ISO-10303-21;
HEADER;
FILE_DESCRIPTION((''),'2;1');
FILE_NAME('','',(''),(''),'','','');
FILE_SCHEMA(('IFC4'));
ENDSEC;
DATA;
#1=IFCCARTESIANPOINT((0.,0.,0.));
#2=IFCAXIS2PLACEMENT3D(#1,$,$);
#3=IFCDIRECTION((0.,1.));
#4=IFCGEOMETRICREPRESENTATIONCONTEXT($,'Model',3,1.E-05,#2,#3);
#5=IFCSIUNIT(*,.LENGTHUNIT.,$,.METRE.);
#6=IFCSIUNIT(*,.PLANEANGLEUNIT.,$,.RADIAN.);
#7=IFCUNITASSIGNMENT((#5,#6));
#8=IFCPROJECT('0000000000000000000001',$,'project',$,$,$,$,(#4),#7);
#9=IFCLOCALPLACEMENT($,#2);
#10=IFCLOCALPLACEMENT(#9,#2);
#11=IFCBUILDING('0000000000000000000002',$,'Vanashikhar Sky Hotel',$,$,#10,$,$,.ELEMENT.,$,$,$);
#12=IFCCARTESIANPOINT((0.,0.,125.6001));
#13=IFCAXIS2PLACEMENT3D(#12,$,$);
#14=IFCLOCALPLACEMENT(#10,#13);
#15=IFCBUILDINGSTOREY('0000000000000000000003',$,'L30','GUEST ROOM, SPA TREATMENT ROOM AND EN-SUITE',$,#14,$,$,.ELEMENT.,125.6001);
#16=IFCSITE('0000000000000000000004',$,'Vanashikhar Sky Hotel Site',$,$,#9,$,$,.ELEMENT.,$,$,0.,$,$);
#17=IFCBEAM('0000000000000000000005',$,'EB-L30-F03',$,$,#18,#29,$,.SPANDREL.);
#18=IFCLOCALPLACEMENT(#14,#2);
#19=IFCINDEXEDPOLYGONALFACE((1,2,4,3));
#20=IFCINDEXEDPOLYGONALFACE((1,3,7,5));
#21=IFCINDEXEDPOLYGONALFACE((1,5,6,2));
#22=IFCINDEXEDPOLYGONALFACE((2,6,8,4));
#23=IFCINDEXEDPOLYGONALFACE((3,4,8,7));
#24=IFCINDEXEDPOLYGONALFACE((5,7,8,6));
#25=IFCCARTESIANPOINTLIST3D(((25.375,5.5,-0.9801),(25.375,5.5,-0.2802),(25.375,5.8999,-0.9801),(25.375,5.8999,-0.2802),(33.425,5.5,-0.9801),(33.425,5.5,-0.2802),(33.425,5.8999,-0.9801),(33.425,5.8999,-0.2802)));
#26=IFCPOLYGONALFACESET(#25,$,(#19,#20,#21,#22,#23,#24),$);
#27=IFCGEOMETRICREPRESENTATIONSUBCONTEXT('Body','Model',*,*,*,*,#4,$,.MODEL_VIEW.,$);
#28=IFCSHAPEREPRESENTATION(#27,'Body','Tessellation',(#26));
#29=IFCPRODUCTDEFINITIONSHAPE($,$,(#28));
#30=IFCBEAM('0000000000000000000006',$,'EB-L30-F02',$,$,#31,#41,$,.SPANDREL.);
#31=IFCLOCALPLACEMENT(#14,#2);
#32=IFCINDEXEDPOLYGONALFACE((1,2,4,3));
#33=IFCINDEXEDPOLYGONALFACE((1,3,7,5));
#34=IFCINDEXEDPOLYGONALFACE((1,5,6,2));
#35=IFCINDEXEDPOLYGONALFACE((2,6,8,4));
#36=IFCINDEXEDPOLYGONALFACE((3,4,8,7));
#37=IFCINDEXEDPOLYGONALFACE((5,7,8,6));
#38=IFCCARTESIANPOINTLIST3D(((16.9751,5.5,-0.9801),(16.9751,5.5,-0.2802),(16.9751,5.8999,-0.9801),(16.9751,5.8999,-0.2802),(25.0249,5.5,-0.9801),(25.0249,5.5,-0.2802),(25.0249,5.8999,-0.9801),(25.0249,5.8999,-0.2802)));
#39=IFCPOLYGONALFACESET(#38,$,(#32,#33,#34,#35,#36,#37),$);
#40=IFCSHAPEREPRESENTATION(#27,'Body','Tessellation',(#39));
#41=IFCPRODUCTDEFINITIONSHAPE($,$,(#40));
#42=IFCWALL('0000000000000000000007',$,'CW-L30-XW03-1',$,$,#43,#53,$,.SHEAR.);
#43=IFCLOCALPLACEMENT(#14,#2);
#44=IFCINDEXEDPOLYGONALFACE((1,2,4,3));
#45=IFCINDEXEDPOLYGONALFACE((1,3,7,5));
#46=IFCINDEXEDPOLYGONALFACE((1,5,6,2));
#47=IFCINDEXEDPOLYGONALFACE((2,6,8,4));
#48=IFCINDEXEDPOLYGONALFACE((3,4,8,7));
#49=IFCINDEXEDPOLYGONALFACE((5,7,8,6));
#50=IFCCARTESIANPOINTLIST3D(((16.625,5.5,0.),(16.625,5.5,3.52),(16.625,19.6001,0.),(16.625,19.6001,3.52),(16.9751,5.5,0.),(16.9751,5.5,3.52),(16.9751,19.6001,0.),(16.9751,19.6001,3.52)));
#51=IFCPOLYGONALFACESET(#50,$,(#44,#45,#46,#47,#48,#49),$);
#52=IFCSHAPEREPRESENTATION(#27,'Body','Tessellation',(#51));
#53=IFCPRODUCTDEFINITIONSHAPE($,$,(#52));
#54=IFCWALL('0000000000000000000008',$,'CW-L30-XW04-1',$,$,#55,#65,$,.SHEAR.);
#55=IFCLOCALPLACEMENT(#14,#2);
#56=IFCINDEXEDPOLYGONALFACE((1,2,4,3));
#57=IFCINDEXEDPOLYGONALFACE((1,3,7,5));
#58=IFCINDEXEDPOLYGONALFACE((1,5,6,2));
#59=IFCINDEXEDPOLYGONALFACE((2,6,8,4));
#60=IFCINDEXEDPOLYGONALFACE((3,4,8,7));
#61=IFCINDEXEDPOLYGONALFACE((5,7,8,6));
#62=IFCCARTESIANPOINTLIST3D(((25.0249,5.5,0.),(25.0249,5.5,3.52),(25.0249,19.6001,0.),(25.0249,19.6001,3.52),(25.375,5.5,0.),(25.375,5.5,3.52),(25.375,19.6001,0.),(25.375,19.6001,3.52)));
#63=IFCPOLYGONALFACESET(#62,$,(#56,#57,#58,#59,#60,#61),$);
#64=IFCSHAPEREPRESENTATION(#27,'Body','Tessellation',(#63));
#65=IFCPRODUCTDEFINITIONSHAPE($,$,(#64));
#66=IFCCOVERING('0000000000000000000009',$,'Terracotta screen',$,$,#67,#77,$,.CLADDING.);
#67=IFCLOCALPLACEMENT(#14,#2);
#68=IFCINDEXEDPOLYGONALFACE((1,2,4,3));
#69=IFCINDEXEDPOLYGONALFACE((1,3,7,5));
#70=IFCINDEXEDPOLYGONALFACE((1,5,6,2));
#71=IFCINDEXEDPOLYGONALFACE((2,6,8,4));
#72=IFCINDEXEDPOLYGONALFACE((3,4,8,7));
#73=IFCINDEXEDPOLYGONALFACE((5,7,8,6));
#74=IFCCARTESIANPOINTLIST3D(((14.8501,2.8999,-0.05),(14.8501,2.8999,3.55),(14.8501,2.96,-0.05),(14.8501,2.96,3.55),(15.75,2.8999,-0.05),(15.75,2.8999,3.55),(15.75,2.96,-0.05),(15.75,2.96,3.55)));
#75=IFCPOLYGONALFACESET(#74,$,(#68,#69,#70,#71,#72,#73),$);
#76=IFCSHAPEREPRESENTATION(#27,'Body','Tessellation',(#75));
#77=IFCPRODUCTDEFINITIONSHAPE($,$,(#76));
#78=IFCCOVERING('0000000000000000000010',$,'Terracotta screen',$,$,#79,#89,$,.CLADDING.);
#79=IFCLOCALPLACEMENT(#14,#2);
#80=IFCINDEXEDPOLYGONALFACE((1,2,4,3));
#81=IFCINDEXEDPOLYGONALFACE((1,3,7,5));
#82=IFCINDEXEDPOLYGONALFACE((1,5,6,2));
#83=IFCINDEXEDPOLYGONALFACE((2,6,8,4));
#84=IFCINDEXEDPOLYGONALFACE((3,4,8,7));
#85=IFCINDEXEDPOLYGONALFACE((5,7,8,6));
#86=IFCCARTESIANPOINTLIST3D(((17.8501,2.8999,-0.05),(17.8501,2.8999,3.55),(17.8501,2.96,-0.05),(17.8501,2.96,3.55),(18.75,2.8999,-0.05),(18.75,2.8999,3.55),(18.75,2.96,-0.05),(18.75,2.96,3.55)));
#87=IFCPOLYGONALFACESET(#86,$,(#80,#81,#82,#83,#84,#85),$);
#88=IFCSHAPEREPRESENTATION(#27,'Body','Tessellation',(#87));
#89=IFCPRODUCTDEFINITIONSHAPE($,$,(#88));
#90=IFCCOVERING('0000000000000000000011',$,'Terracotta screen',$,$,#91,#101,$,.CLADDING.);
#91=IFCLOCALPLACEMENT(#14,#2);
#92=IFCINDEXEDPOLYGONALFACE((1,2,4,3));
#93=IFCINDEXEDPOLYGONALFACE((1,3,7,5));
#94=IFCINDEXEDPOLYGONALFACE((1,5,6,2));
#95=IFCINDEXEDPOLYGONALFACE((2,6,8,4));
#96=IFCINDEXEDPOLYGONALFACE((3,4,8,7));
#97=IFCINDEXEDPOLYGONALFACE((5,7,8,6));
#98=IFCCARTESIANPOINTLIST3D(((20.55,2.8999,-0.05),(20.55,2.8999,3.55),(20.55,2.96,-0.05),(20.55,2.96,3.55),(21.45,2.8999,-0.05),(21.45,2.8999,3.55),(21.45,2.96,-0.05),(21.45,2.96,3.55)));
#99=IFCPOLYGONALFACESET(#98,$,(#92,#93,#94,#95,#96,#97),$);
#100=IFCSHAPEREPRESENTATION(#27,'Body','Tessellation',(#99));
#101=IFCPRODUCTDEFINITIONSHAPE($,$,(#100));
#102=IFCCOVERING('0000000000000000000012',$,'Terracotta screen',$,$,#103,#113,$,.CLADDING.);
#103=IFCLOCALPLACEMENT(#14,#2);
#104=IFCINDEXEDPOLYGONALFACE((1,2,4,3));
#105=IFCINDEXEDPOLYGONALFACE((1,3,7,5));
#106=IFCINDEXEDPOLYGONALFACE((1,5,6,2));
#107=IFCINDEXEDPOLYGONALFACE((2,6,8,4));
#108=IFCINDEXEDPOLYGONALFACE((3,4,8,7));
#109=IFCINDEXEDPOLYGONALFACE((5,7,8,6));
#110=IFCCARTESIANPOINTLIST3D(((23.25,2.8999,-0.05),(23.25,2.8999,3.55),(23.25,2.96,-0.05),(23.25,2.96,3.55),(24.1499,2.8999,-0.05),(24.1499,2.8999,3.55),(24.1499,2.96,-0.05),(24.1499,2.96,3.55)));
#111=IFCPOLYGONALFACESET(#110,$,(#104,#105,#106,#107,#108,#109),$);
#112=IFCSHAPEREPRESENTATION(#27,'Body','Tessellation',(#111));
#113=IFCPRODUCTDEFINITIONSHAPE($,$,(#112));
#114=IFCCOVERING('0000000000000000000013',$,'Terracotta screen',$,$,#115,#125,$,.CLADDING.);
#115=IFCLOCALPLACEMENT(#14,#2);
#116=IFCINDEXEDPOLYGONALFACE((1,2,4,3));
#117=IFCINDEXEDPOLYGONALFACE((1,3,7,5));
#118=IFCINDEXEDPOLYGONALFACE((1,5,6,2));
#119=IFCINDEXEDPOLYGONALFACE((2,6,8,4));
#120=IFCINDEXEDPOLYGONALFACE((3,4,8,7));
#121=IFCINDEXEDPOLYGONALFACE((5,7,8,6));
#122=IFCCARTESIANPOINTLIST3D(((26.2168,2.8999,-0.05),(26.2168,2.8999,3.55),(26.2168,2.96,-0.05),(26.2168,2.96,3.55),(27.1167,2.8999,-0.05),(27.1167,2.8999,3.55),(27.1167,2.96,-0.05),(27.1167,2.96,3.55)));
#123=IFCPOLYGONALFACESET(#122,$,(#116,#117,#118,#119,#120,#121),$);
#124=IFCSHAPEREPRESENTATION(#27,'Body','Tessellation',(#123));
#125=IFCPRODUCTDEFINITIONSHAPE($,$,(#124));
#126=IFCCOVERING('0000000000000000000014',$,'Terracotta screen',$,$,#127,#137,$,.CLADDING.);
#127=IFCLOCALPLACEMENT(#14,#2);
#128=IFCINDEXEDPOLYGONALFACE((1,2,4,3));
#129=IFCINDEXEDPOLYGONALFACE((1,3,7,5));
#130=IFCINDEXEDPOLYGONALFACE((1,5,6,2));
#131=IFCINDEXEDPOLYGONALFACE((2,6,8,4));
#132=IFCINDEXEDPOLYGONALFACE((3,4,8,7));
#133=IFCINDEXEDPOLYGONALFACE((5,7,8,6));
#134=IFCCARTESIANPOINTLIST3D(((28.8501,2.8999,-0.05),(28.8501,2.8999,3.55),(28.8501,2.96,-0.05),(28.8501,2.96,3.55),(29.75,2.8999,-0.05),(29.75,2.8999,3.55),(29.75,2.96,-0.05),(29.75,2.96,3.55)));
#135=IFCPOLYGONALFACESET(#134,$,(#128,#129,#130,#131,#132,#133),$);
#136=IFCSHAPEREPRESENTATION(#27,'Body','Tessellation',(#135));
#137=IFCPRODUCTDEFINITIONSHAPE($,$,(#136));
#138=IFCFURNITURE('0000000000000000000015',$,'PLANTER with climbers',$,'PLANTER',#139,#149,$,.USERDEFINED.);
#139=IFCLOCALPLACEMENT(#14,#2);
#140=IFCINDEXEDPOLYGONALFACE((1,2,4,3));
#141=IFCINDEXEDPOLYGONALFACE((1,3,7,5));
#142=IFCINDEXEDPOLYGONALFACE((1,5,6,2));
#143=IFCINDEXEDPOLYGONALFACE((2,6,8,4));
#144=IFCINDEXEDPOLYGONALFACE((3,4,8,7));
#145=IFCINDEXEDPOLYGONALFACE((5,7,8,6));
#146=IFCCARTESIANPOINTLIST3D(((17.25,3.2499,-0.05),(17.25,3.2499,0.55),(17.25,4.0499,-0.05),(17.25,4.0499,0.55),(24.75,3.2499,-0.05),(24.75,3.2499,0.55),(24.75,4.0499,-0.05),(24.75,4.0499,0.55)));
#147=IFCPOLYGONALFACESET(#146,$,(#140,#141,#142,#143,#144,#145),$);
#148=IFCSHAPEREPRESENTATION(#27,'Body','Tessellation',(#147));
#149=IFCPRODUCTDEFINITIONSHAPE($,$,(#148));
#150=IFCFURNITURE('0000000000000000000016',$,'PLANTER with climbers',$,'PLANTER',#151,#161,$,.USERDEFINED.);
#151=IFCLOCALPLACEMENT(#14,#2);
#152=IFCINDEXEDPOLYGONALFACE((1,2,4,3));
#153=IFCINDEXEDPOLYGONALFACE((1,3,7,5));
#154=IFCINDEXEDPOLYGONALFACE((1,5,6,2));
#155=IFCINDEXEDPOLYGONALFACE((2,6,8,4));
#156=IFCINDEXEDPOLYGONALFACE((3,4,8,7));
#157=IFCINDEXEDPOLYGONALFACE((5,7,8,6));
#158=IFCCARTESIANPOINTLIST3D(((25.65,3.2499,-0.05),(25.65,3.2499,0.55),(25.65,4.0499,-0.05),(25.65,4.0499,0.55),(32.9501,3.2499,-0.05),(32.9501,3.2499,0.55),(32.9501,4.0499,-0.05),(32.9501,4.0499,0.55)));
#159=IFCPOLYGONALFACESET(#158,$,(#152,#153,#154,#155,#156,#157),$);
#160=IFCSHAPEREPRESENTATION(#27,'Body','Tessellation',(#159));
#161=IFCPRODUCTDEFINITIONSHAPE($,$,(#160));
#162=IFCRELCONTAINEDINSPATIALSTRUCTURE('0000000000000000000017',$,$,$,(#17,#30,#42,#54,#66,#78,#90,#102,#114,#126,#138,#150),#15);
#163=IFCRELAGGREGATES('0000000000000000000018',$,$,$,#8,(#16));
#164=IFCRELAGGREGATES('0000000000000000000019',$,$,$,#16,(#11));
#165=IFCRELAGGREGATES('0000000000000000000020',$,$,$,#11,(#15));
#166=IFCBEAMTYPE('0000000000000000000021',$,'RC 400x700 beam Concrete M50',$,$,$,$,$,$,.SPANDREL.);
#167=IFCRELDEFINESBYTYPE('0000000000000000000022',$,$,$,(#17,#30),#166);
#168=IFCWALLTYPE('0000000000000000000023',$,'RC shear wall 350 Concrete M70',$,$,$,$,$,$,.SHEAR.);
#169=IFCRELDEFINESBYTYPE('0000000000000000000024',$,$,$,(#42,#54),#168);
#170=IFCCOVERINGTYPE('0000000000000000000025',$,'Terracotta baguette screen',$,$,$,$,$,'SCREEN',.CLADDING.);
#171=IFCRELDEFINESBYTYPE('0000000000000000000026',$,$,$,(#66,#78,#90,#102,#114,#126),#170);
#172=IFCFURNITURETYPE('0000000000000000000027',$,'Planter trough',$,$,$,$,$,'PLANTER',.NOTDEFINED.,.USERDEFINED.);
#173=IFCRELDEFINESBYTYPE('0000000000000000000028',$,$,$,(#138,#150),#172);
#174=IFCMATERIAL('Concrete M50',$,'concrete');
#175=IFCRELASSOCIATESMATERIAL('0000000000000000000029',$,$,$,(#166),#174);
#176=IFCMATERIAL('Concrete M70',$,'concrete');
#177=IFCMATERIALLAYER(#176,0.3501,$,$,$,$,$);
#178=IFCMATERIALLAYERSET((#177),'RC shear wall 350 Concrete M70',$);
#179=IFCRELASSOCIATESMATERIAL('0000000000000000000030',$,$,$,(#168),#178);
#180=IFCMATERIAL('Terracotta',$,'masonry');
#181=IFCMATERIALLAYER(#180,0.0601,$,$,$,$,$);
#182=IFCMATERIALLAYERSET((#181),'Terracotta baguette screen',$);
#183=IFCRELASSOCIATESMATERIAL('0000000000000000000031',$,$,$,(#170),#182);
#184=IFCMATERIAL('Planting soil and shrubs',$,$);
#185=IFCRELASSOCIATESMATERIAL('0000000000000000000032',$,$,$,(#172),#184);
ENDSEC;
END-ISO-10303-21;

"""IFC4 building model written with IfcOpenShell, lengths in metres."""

from ifc_helpers import new_model, si_unit, direction, frame, frame_2d, origin, origin_2d, place, context, subcontext, project, spatial, rectangle, extrude, source, transform, mapped, material, layer, layer_set, material_profile, profile_set, type_object, element, save


model = new_model("IFC4")

# Units and contexts
model_context = context("Model", 3, precision=1e-05, world=origin(), true_north=direction((0.0, 1.0)))
body_context = subcontext(model_context, "Body", "Model", "MODEL_VIEW")
ifc_project = project(units=[si_unit("LENGTHUNIT", "METRE"), si_unit("PLANEANGLEUNIT", "RADIAN")], contexts=[model_context])

# Site, building, storey
site_placement = place(None, origin())
site = spatial("IfcSite", under=ifc_project, at=site_placement, Name="Vanashikhar Sky Hotel Site", CompositionType="ELEMENT", RefElevation=0.0)
building_placement = place(site_placement, origin())
building = spatial("IfcBuilding", under=site, at=building_placement, Name="Vanashikhar Sky Hotel", CompositionType="ELEMENT")
storey_placement = place(building_placement, frame((0.0, 0.0, 125.6001)))
storey = spatial("IfcBuildingStorey", under=building, at=storey_placement, Name="L30", Description="GUEST ROOM, SPA TREATMENT ROOM AND EN-SUITE", CompositionType="ELEMENT", Elevation=125.6001)

# Beams
ifc_material_1 = material(Name="Concrete M50", Category="concrete")
ifc_material_profile = material_profile(ifc_material_1, rectangle(XDim=0.3999, YDim=0.7, at=origin_2d()))
ifc_profile_set = profile_set([ifc_material_profile], Name="RC 400x700 beam Concrete M50")
beam_type = type_object("IfcBeamType", Name="RC 400x700 beam Concrete M50", PredefinedType="SPANDREL", material=ifc_profile_set)
shared_shape_1 = source(origin(), body_context, "Body", "SweptSolid", [
    extrude(rectangle(XDim=0.3999, YDim=0.7, at=origin_2d()), origin(), (0.0, 0.0, 1.0), 8.05),
])
beam_1_placement = place(storey_placement, frame((25.375, 5.7, -0.6301), z_axis=(1.0, 0.0, 0.0), x_axis=(0.0, 1.0, 0.0)))
element("IfcBeam", 1, at=beam_1_placement, inside=storey, type_object=beam_type, Name="EB-L30-F03", PredefinedType="SPANDREL", context=body_context, shape_type="MappedRepresentation", body=[
    mapped(shared_shape_1, transform((0.0, 0.0, 0.0), scale=1.0)),
])
shared_shape_2 = source(origin(), body_context, "Body", "SweptSolid", [
    extrude(rectangle(XDim=0.3999, YDim=0.7, at=origin_2d()), origin(), (0.0, 0.0, 1.0), 8.0498),
])
beam_2_placement = place(storey_placement, frame((16.9751, 5.7, -0.6301), z_axis=(1.0, 0.0, 0.0), x_axis=(0.0, 1.0, 0.0)))
element("IfcBeam", 2, at=beam_2_placement, inside=storey, type_object=beam_type, Name="EB-L30-F02", PredefinedType="SPANDREL", context=body_context, shape_type="MappedRepresentation", body=[
    mapped(shared_shape_2, transform((0.0, 0.0, 0.0), scale=1.0)),
])

# Walls
ifc_material_2 = material(Name="Concrete M70", Category="concrete")
ifc_layer_1 = layer(ifc_material_2, 0.3501)
ifc_layer_set_1 = layer_set([ifc_layer_1], Name="RC shear wall 350 Concrete M70")
wall_type = type_object("IfcWallType", Name="RC shear wall 350 Concrete M70", PredefinedType="SHEAR", material=ifc_layer_set_1)
shared_shape_3 = source(origin(), body_context, "Body", "SweptSolid", [
    extrude(rectangle(XDim=14.1001, YDim=0.3501, at=frame_2d((7.05, 0.0))), origin(), (0.0, 0.0, 1.0), 3.52),
])
for number, where, z_axis, x_axis, name in (
    (3, (16.8, 5.5, 0.0), (0.0, 0.0, 1.0), (0.0, 1.0, 0.0), "CW-L30-XW03-1"),
    (4, (25.2, 5.5, 0.0), (0.0, 0.0, 1.0), (0.0, 1.0, 0.0), "CW-L30-XW04-1"),
):
    element("IfcWall", number, at=place(storey_placement, frame(where, z_axis=z_axis, x_axis=x_axis)), inside=storey, type_object=wall_type, Name=name, PredefinedType="SHEAR", context=body_context, shape_type="MappedRepresentation", body=[
        mapped(shared_shape_3, transform((0.0, 0.0, 0.0), scale=1.0)),
    ])

# Coverings
ifc_material_3 = material(Name="Terracotta", Category="masonry")
ifc_layer_2 = layer(ifc_material_3, 0.0601)
ifc_layer_set_2 = layer_set([ifc_layer_2], Name="Terracotta baguette screen")
covering_type = type_object("IfcCoveringType", Name="Terracotta baguette screen", ElementType="SCREEN", PredefinedType="CLADDING", material=ifc_layer_set_2)
shared_shape_4 = source(origin(), body_context, "Body", "SweptSolid", [
    extrude(rectangle(XDim=0.8999, YDim=0.0601, at=origin_2d()), origin(), (0.0, 0.0, 1.0), 3.6001),
])
for number, where, z_axis, x_axis, name in (
    (5, (15.3, 2.9299, -0.05), (0.0, 0.0, 1.0), (1.0, 0.0, 0.0), "Terracotta screen"),
    (6, (18.3, 2.9299, -0.05), (0.0, 0.0, 1.0), (1.0, 0.0, 0.0), "Terracotta screen"),
    (7, (21.0, 2.9299, -0.05), (0.0, 0.0, 1.0), (1.0, 0.0, 0.0), "Terracotta screen"),
    (8, (23.7, 2.9299, -0.05), (0.0, 0.0, 1.0), (1.0, 0.0, 0.0), "Terracotta screen"),
    (9, (26.6667, 2.9299, -0.05), (0.0, 0.0, 1.0), (1.0, 0.0, 0.0), "Terracotta screen"),
    (10, (29.3, 2.9299, -0.05), (0.0, 0.0, 1.0), (1.0, 0.0, 0.0), "Terracotta screen"),
):
    element("IfcCovering", number, at=place(storey_placement, frame(where, z_axis=z_axis, x_axis=x_axis)), inside=storey, type_object=covering_type, Name=name, PredefinedType="CLADDING", context=body_context, shape_type="MappedRepresentation", body=[
        mapped(shared_shape_4, transform((0.0, 0.0, 0.0), scale=1.0)),
    ])

# Furniture
ifc_material_4 = material(Name="Planting soil and shrubs")
furniture_type = type_object("IfcFurnitureType", Name="Planter trough", ElementType="PLANTER", AssemblyPlace="NOTDEFINED", PredefinedType="USERDEFINED", material=ifc_material_4)
shared_shape_5 = source(origin(), body_context, "Body", "SweptSolid", [
    extrude(rectangle(XDim=7.5, YDim=0.8, at=origin_2d()), origin(), (0.0, 0.0, 1.0), 0.6001),
])
furniture_1_placement = place(storey_placement, frame((21.0, 3.6499, -0.05), z_axis=(0.0, 0.0, 1.0), x_axis=(1.0, 0.0, 0.0)))
element("IfcFurniture", 11, at=furniture_1_placement, inside=storey, type_object=furniture_type, Name="PLANTER with climbers", ObjectType="PLANTER", PredefinedType="USERDEFINED", context=body_context, shape_type="MappedRepresentation", body=[
    mapped(shared_shape_5, transform((0.0, 0.0, 0.0), scale=1.0)),
])
shared_shape_6 = source(origin(), body_context, "Body", "SweptSolid", [
    extrude(rectangle(XDim=7.3, YDim=0.8, at=origin_2d()), origin(), (0.0, 0.0, 1.0), 0.6001),
])
furniture_2_placement = place(storey_placement, frame((29.3, 3.6499, -0.05), z_axis=(0.0, 0.0, 1.0), x_axis=(1.0, 0.0, 0.0)))
element("IfcFurniture", 12, at=furniture_2_placement, inside=storey, type_object=furniture_type, Name="PLANTER with climbers", ObjectType="PLANTER", PredefinedType="USERDEFINED", context=body_context, shape_type="MappedRepresentation", body=[
    mapped(shared_shape_6, transform((0.0, 0.0, 0.0), scale=1.0)),
])

save(model, "model.ifc")
